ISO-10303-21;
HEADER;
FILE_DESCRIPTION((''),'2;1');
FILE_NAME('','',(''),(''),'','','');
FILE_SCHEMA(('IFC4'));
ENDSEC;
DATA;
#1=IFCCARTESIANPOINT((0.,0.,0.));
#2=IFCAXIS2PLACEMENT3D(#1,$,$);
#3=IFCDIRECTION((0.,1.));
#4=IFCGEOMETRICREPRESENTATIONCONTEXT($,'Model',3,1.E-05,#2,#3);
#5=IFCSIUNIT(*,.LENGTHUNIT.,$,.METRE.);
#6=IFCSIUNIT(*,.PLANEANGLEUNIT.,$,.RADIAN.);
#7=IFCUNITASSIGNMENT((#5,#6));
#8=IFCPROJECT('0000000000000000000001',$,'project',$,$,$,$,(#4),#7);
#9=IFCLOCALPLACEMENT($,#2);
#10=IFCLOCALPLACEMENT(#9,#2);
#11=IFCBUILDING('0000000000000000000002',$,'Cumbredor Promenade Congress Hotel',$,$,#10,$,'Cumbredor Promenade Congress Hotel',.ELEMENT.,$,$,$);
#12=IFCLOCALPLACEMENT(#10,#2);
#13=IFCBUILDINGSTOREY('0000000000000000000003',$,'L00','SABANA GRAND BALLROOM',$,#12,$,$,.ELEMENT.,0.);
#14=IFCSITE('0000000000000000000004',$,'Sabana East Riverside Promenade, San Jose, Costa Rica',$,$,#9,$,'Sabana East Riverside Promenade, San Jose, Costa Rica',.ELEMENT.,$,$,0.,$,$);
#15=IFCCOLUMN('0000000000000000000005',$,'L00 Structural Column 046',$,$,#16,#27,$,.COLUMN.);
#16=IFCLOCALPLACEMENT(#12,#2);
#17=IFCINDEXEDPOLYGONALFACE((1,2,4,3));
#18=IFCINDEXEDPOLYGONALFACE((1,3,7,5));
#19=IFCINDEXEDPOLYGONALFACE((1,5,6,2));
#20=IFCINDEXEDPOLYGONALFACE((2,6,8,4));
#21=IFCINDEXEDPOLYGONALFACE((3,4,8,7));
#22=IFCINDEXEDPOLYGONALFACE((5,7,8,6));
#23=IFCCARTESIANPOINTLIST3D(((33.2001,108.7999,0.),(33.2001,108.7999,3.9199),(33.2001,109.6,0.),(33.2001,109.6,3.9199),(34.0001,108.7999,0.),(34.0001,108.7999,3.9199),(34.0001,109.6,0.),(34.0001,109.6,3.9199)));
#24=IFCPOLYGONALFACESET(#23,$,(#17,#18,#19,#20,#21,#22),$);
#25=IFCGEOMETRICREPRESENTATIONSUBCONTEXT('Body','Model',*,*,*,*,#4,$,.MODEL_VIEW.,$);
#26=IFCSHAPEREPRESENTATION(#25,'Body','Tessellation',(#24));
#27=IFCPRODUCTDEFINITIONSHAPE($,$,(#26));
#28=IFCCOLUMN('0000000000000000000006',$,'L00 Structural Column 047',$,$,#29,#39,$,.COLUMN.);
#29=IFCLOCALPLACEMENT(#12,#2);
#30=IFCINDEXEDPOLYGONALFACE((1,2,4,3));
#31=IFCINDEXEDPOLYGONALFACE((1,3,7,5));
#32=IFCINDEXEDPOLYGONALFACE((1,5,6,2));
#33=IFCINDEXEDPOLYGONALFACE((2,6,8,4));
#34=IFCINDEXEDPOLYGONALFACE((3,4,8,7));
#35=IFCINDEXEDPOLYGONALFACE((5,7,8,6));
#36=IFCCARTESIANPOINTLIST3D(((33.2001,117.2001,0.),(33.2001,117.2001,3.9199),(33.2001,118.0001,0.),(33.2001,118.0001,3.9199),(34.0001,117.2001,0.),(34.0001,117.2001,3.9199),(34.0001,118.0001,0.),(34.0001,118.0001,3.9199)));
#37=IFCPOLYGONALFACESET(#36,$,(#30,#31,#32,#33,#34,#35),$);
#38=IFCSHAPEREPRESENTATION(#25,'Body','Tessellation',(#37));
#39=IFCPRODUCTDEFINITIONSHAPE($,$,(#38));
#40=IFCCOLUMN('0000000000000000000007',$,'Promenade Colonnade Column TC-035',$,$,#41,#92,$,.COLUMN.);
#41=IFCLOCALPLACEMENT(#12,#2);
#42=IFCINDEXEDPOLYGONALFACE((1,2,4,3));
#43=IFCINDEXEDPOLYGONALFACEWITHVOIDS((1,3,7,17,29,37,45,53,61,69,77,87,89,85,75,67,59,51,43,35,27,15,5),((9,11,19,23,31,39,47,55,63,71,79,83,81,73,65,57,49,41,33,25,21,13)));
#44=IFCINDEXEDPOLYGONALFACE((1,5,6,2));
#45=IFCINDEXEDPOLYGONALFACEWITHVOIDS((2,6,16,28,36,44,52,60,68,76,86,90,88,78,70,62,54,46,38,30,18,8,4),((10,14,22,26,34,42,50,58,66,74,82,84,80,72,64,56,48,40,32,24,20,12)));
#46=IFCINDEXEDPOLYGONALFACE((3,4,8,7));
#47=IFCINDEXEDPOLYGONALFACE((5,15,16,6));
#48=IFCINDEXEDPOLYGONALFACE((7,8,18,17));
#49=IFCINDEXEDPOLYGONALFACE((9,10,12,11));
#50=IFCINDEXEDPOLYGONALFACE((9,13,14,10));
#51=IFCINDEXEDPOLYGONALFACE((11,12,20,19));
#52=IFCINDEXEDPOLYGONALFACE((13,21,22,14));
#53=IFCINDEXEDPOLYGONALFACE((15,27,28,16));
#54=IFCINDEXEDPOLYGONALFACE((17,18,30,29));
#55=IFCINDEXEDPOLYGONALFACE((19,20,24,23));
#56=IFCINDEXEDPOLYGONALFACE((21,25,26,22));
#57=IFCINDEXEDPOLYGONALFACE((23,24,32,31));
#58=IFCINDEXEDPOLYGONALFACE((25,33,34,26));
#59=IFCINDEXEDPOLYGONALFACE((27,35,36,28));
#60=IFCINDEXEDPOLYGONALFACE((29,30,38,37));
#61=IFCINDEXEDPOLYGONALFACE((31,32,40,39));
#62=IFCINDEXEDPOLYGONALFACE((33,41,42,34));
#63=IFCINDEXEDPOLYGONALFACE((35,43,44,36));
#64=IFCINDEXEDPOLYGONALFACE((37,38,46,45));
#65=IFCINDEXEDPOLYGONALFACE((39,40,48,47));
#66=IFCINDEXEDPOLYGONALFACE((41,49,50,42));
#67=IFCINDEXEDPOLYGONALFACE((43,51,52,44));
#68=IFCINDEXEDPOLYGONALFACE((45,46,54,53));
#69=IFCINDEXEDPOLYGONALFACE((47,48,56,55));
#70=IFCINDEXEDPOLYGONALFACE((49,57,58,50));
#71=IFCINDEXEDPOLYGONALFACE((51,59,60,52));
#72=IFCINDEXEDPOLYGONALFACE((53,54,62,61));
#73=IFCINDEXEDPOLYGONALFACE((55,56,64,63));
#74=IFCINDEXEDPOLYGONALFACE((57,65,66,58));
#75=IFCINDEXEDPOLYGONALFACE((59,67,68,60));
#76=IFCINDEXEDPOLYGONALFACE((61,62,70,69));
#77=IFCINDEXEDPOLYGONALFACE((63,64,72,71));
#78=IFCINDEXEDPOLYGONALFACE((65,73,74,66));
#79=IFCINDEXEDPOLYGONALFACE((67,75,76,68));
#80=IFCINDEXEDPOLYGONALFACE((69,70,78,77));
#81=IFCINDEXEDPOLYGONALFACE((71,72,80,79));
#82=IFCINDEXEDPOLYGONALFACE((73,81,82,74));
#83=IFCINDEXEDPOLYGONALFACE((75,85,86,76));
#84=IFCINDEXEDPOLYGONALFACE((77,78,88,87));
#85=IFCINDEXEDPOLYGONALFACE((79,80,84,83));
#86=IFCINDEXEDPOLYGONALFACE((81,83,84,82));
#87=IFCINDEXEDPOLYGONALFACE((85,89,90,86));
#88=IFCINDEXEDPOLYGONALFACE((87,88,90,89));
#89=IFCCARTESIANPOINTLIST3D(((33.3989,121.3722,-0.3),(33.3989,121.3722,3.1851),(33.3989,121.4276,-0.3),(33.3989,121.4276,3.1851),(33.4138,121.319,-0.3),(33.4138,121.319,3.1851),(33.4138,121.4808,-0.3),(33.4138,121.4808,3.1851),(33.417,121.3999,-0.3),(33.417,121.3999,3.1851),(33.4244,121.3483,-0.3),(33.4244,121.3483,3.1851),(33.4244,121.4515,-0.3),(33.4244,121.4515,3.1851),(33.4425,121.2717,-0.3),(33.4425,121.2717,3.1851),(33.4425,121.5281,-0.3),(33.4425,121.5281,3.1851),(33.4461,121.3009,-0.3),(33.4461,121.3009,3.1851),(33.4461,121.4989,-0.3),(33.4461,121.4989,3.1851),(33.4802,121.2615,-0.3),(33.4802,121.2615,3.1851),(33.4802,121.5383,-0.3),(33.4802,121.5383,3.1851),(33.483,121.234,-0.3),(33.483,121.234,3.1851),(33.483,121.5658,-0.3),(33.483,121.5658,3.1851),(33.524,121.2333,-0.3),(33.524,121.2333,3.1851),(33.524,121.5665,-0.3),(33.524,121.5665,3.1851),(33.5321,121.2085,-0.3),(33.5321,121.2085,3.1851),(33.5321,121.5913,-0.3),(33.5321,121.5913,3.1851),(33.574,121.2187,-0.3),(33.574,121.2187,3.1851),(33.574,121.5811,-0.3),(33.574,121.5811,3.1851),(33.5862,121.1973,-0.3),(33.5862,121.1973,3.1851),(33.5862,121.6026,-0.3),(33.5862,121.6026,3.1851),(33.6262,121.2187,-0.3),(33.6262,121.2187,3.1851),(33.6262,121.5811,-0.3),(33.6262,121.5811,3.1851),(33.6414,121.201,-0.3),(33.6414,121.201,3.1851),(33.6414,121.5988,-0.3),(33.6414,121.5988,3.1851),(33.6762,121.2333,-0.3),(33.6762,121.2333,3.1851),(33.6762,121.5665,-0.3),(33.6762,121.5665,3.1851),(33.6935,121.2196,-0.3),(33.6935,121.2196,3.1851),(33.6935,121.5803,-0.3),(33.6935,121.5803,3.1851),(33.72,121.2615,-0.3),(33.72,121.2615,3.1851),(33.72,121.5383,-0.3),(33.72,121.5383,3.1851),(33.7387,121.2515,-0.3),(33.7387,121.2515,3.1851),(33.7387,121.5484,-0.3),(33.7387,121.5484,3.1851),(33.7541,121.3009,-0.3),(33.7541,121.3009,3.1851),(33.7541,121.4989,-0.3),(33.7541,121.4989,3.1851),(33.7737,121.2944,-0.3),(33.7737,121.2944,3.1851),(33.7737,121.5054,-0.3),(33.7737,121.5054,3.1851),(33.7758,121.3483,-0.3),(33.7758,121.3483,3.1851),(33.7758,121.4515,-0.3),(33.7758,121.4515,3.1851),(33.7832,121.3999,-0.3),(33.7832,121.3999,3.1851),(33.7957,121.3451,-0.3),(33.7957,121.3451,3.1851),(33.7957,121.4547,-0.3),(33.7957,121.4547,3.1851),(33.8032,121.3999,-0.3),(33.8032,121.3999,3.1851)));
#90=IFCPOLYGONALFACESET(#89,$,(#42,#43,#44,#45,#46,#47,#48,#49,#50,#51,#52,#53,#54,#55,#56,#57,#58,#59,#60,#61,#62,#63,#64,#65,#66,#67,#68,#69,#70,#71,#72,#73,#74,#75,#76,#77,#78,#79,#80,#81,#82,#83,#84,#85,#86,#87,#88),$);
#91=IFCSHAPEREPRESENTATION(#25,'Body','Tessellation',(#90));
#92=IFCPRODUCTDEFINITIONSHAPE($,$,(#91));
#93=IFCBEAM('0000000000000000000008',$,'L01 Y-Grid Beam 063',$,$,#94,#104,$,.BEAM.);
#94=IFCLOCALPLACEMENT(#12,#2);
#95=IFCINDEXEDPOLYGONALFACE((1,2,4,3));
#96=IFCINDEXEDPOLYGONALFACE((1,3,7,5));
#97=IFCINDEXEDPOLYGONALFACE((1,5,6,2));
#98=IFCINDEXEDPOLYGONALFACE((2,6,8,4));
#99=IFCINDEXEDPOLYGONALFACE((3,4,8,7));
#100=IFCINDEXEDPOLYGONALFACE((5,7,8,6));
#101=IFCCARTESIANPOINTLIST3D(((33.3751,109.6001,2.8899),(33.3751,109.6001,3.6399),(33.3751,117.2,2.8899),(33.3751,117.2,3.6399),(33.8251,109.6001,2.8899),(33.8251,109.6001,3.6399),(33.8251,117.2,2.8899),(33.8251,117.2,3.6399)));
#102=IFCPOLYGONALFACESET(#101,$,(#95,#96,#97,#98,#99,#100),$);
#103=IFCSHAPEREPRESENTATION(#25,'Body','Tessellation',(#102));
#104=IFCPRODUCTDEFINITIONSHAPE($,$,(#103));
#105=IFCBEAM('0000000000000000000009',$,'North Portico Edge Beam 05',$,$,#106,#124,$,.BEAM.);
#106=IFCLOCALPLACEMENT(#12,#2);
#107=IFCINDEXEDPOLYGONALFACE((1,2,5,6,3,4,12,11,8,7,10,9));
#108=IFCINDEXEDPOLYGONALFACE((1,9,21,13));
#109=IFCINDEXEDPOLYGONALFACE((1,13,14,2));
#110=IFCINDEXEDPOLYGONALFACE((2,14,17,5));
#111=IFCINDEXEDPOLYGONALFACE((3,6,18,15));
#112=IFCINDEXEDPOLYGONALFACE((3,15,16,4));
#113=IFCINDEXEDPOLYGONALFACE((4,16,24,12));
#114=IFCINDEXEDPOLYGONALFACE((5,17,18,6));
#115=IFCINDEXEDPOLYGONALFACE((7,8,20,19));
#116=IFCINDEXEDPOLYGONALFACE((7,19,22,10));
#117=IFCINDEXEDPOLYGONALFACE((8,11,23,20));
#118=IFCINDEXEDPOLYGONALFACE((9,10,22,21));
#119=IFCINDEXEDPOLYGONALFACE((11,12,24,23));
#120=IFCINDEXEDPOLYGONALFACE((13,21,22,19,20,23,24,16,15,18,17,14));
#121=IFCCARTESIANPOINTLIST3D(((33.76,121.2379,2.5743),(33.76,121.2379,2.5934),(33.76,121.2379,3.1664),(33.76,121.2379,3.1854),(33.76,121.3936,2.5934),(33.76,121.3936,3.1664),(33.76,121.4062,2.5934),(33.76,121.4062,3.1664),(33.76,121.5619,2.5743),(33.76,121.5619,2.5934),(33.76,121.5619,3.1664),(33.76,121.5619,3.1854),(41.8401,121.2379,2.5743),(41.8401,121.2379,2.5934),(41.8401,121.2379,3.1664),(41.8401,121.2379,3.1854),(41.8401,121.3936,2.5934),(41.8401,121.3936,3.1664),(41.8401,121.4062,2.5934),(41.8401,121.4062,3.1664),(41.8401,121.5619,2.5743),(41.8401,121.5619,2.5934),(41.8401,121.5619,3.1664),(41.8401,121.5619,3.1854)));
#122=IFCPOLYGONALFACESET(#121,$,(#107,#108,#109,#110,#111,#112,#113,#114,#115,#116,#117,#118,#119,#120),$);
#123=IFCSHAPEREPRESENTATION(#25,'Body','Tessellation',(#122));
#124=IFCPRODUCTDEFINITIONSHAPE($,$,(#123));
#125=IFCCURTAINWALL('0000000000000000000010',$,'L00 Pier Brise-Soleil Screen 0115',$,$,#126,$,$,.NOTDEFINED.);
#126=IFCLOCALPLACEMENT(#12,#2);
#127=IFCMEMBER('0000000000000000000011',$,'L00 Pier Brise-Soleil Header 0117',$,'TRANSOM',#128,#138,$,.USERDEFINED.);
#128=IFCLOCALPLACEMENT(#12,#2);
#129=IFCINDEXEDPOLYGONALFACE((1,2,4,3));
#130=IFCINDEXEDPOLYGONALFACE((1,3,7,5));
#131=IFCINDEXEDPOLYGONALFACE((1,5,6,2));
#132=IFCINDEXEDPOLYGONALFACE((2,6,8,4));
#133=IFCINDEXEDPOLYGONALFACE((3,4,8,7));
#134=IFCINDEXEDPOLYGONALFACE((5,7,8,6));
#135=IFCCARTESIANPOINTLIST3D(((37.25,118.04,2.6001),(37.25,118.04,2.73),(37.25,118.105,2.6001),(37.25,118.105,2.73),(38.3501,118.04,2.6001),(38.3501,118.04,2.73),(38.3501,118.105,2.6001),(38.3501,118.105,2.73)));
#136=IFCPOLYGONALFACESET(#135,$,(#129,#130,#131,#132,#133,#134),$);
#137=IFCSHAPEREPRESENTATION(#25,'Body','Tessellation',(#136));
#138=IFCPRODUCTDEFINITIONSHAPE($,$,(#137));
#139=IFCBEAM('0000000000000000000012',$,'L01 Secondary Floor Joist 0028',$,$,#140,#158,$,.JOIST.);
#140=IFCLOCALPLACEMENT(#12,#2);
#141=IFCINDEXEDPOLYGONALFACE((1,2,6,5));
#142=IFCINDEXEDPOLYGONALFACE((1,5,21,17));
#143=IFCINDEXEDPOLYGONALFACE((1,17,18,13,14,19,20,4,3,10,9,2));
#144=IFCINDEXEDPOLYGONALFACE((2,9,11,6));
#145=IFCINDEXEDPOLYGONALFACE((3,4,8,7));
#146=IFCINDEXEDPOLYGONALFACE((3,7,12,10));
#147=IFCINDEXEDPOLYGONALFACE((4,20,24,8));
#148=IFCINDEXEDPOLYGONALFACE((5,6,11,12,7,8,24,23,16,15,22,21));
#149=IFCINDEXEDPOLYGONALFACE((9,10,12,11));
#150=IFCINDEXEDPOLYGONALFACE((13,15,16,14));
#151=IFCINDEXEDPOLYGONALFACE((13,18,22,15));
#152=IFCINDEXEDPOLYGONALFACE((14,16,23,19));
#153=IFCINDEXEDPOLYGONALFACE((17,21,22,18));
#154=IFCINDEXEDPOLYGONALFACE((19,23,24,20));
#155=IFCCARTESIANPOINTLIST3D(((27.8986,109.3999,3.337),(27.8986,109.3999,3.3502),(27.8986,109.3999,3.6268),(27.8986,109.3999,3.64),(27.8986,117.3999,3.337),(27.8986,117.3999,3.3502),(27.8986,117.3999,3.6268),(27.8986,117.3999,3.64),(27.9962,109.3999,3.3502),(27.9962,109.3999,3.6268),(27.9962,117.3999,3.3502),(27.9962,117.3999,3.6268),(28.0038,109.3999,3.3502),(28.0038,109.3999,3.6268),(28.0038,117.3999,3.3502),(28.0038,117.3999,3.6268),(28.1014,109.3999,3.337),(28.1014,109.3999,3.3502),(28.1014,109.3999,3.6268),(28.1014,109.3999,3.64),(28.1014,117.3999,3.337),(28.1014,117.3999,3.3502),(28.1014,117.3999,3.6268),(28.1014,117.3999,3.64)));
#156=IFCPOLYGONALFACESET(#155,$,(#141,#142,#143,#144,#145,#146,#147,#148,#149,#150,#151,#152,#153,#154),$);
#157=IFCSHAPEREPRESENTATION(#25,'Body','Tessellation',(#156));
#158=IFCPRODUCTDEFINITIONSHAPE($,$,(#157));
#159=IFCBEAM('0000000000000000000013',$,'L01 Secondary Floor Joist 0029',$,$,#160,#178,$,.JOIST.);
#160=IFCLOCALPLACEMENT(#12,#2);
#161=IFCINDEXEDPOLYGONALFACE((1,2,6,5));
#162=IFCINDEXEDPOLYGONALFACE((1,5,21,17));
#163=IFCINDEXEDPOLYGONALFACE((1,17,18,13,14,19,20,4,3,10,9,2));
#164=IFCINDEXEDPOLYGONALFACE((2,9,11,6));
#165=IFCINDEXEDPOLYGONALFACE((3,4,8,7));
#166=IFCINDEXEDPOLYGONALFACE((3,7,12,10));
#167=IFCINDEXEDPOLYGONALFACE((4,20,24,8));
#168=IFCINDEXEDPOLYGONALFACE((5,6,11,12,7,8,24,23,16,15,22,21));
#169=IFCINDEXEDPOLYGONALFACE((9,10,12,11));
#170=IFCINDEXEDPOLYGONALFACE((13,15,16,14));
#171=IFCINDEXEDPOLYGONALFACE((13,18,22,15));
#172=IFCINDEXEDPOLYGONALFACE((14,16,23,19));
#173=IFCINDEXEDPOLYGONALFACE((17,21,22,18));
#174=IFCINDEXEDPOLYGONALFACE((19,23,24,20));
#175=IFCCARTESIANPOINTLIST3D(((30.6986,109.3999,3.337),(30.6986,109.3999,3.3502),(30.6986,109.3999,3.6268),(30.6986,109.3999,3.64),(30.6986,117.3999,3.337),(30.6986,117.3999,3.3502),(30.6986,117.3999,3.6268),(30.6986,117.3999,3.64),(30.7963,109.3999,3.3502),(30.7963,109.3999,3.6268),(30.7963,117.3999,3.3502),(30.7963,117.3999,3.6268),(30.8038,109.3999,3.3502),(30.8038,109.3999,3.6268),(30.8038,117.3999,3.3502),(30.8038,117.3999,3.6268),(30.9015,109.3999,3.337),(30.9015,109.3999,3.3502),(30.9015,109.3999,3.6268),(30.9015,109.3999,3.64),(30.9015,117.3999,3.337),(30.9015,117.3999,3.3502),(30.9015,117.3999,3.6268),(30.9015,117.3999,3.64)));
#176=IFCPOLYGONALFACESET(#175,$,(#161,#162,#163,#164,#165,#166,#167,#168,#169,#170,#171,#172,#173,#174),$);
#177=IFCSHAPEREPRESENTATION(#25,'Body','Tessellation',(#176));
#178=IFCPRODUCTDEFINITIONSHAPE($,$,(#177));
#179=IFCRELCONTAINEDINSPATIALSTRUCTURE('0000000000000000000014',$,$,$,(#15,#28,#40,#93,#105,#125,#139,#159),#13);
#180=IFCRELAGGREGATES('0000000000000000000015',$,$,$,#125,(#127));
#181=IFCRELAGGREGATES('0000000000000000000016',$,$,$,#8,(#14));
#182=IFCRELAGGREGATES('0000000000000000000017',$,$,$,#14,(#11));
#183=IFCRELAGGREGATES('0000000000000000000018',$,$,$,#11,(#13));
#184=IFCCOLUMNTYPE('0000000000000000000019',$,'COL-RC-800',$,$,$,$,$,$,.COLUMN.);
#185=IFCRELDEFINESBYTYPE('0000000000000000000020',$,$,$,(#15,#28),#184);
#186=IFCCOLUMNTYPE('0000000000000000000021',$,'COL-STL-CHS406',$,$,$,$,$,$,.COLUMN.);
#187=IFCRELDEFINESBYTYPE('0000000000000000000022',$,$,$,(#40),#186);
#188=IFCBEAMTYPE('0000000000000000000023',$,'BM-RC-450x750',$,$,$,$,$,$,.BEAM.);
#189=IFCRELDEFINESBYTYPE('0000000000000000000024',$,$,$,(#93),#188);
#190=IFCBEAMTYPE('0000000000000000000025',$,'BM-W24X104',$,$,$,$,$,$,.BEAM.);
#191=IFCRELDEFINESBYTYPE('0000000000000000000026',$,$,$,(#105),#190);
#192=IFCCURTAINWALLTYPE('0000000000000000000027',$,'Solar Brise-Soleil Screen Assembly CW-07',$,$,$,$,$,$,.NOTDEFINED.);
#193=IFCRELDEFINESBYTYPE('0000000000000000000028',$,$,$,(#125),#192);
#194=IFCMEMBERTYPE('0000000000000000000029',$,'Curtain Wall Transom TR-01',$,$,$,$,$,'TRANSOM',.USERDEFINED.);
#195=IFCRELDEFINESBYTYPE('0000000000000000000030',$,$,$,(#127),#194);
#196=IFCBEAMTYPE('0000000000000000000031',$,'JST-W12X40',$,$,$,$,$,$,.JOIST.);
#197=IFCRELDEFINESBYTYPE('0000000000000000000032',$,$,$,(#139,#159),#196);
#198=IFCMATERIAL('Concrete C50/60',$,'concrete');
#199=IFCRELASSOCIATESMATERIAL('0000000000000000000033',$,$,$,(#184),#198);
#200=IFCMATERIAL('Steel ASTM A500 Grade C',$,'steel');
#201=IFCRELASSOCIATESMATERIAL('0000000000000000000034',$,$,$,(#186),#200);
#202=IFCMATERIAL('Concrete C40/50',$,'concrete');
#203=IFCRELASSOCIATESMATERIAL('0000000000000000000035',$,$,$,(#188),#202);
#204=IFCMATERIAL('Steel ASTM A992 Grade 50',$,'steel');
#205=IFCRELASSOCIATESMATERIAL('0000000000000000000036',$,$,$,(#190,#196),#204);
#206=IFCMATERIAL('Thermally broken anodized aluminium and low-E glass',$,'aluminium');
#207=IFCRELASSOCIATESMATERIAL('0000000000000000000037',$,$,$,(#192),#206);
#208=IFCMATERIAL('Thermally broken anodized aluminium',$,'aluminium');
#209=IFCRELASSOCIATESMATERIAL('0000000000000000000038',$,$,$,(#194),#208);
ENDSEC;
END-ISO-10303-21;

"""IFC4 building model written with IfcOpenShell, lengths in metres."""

from ifc_helpers import new_model, si_unit, direction, frame, origin, origin_2d, place, context, subcontext, project, spatial, rectangle, hollow_circle, i_section, extrude, material, material_profile, profile_set, type_object, element, aggregate, save


model = new_model("IFC4")

# Units and contexts
model_context = context("Model", 3, precision=1e-05, world=origin(), true_north=direction((0.0, 1.0)))
body_context = subcontext(model_context, "Body", "Model", "MODEL_VIEW")
ifc_project = project(units=[si_unit("LENGTHUNIT", "METRE"), si_unit("PLANEANGLEUNIT", "RADIAN")], contexts=[model_context])

# Site, building, storey
site_placement = place(None, origin())
site = spatial("IfcSite", under=ifc_project, at=site_placement, Name="Sabana East Riverside Promenade, San Jose, Costa Rica", LongName="Sabana East Riverside Promenade, San Jose, Costa Rica", CompositionType="ELEMENT", RefElevation=0.0)
building_placement = place(site_placement, origin())
building = spatial("IfcBuilding", under=site, at=building_placement, Name="Cumbredor Promenade Congress Hotel", LongName="Cumbredor Promenade Congress Hotel", CompositionType="ELEMENT")
storey_placement = place(building_placement, origin())
storey = spatial("IfcBuildingStorey", under=building, at=storey_placement, Name="L00", Description="SABANA GRAND BALLROOM", CompositionType="ELEMENT", Elevation=0.0)

# Columns
ifc_material_1 = material(Name="Concrete C50/60", Category="concrete")
ifc_material_profile_1 = material_profile(ifc_material_1, rectangle(XDim=0.8, YDim=0.8, at=origin_2d()), Name="RC 800x800")
ifc_profile_set_1 = profile_set([ifc_material_profile_1], Name="Concrete C50/60")
column_type_1 = type_object("IfcColumnType", Name="COL-RC-800", PredefinedType="COLUMN", material=ifc_profile_set_1)
for number, where, z_axis, x_axis, name in (
    (1, (33.6001, 109.2, 0.0), (0.0, 0.0, 1.0), (1.0, 0.0, 0.0), "L00 Structural Column 046"),
    (2, (33.6001, 117.6001, 0.0), (0.0, 0.0, 1.0), (1.0, 0.0, 0.0), "L00 Structural Column 047"),
):
    element("IfcColumn", number, at=place(storey_placement, frame(where, z_axis=z_axis, x_axis=x_axis)), inside=storey, type_object=column_type_1, Name=name, PredefinedType="COLUMN", context=body_context, shape_type="SweptSolid", body=[
        extrude(rectangle(XDim=0.8, YDim=0.8, at=origin_2d()), origin(), (0.0, 0.0, 1.0), 3.9199),
    ])
ifc_material_2 = material(Name="Steel ASTM A500 Grade C", Category="steel")
ifc_material_profile_2 = material_profile(ifc_material_2, hollow_circle(Radius=0.2031, WallThickness=0.02, at=origin_2d()), Name="CHS 406.4x20")
ifc_profile_set_2 = profile_set([ifc_material_profile_2], Name="Steel ASTM A500 Grade C")
column_type_2 = type_object("IfcColumnType", Name="COL-STL-CHS406", PredefinedType="COLUMN", material=ifc_profile_set_2)
column_placement = place(storey_placement, frame((33.6001, 121.3999, -0.3), z_axis=(0.0, 0.0, 1.0), x_axis=(1.0, 0.0, 0.0)))
element("IfcColumn", 3, at=column_placement, inside=storey, type_object=column_type_2, Name="Promenade Colonnade Column TC-035", PredefinedType="COLUMN", context=body_context, shape_type="SweptSolid", body=[
    extrude(hollow_circle(Radius=0.2031, WallThickness=0.02, at=origin_2d()), origin(), (0.0, 0.0, 1.0), 3.4851),
])

# Beams
ifc_material_3 = material(Name="Concrete C40/50", Category="concrete")
ifc_material_profile_3 = material_profile(ifc_material_3, rectangle(XDim=0.45, YDim=0.75, at=origin_2d()), Name="RC BEAM 450x750")
ifc_profile_set_3 = profile_set([ifc_material_profile_3], Name="Concrete C40/50")
beam_type_1 = type_object("IfcBeamType", Name="BM-RC-450x750", PredefinedType="BEAM", material=ifc_profile_set_3)
beam_1_placement = place(storey_placement, frame((33.6001, 109.6001, 3.2649), z_axis=(0.0, 1.0, 0.0), x_axis=(-1.0, 0.0, 0.0)))
element("IfcBeam", 4, at=beam_1_placement, inside=storey, type_object=beam_type_1, Name="L01 Y-Grid Beam 063", PredefinedType="BEAM", context=body_context, shape_type="SweptSolid", body=[
    extrude(rectangle(XDim=0.45, YDim=0.75, at=origin_2d()), origin(), (0.0, 0.0, 1.0), 7.5999),
])
ifc_material_4 = material(Name="Steel ASTM A992 Grade 50", Category="steel")
ifc_material_profile_4 = material_profile(ifc_material_4, i_section(OverallWidth=0.324, OverallDepth=0.6111, WebThickness=0.0127, FlangeThickness=0.019, at=origin_2d()), Name="W24X104")
ifc_profile_set_4 = profile_set([ifc_material_profile_4], Name="Steel ASTM A992 Grade 50")
beam_type_2 = type_object("IfcBeamType", Name="BM-W24X104", PredefinedType="BEAM", material=ifc_profile_set_4)
beam_2_placement = place(storey_placement, frame((33.76, 121.3999, 2.8799), z_axis=(1.0, 0.0, 0.0), x_axis=(0.0, 1.0, 0.0)))
element("IfcBeam", 5, at=beam_2_placement, inside=storey, type_object=beam_type_2, Name="North Portico Edge Beam 05", PredefinedType="BEAM", context=body_context, shape_type="SweptSolid", body=[
    extrude(i_section(OverallWidth=0.324, OverallDepth=0.6111, WebThickness=0.0127, FlangeThickness=0.019, at=origin_2d()), origin(), (0.0, 0.0, 1.0), 8.0801),
])

# Curtain wall, member
ifc_material_5 = material(Name="Thermally broken anodized aluminium and low-E glass", Category="aluminium")
curtain_wall_type = type_object("IfcCurtainWallType", Name="Solar Brise-Soleil Screen Assembly CW-07", PredefinedType="NOTDEFINED", material=ifc_material_5)
curtain_wall_placement = place(storey_placement, origin())
curtain_wall = element("IfcCurtainWall", 6, at=curtain_wall_placement, inside=storey, type_object=curtain_wall_type, Name="L00 Pier Brise-Soleil Screen 0115", PredefinedType="NOTDEFINED")
ifc_material_6 = material(Name="Thermally broken anodized aluminium", Category="aluminium")
ifc_material_profile_5 = material_profile(ifc_material_6, rectangle(XDim=0.0649, YDim=0.1299, at=origin_2d()), Name="ALU TRANSOM 65x130")
ifc_profile_set_5 = profile_set([ifc_material_profile_5], Name="Thermally broken anodized aluminium")
member_type_1 = type_object("IfcMemberType", Name="Curtain Wall Transom TR-01", ElementType="TRANSOM", PredefinedType="USERDEFINED", material=ifc_profile_set_5)
member_1_placement = place(storey_placement, frame((37.25, 118.0725, 2.665), z_axis=(1.0, 0.0, 0.0), x_axis=(0.0, 1.0, 0.0)))
member_1 = element("IfcMember", 7, at=member_1_placement, type_object=member_type_1, Name="L00 Pier Brise-Soleil Header 0117", ObjectType="TRANSOM", PredefinedType="USERDEFINED", context=body_context, shape_type="SweptSolid", body=[
    extrude(rectangle(XDim=0.0649, YDim=0.1299, at=origin_2d()), origin(), (0.0, 0.0, 1.0), 1.1001),
])

# Beams
ifc_material_profile_6 = material_profile(ifc_material_4, i_section(OverallWidth=0.2029, OverallDepth=0.303, WebThickness=0.0076, FlangeThickness=0.0132, at=origin_2d()), Name="W12X40")
ifc_profile_set_6 = profile_set([ifc_material_profile_6], Name="Steel ASTM A992 Grade 50")
beam_type_3 = type_object("IfcBeamType", Name="JST-W12X40", PredefinedType="JOIST", material=ifc_profile_set_6)
for number, where, z_axis, x_axis, name in (
    (8, (28.0, 109.3999, 3.4885), (0.0, 1.0, 0.0), (-1.0, 0.0, 0.0), "L01 Secondary Floor Joist 0028"),
    (9, (30.8, 109.3999, 3.4885), (0.0, 1.0, 0.0), (-1.0, 0.0, 0.0), "L01 Secondary Floor Joist 0029"),
):
    element("IfcBeam", number, at=place(storey_placement, frame(where, z_axis=z_axis, x_axis=x_axis)), inside=storey, type_object=beam_type_3, Name=name, PredefinedType="JOIST", context=body_context, shape_type="SweptSolid", body=[
        extrude(i_section(OverallWidth=0.2029, OverallDepth=0.303, WebThickness=0.0076, FlangeThickness=0.0132, at=origin_2d()), origin(), (0.0, 0.0, 1.0), 8.0),
    ])

aggregate(curtain_wall, [member_1])

save(model, "model.ifc")
